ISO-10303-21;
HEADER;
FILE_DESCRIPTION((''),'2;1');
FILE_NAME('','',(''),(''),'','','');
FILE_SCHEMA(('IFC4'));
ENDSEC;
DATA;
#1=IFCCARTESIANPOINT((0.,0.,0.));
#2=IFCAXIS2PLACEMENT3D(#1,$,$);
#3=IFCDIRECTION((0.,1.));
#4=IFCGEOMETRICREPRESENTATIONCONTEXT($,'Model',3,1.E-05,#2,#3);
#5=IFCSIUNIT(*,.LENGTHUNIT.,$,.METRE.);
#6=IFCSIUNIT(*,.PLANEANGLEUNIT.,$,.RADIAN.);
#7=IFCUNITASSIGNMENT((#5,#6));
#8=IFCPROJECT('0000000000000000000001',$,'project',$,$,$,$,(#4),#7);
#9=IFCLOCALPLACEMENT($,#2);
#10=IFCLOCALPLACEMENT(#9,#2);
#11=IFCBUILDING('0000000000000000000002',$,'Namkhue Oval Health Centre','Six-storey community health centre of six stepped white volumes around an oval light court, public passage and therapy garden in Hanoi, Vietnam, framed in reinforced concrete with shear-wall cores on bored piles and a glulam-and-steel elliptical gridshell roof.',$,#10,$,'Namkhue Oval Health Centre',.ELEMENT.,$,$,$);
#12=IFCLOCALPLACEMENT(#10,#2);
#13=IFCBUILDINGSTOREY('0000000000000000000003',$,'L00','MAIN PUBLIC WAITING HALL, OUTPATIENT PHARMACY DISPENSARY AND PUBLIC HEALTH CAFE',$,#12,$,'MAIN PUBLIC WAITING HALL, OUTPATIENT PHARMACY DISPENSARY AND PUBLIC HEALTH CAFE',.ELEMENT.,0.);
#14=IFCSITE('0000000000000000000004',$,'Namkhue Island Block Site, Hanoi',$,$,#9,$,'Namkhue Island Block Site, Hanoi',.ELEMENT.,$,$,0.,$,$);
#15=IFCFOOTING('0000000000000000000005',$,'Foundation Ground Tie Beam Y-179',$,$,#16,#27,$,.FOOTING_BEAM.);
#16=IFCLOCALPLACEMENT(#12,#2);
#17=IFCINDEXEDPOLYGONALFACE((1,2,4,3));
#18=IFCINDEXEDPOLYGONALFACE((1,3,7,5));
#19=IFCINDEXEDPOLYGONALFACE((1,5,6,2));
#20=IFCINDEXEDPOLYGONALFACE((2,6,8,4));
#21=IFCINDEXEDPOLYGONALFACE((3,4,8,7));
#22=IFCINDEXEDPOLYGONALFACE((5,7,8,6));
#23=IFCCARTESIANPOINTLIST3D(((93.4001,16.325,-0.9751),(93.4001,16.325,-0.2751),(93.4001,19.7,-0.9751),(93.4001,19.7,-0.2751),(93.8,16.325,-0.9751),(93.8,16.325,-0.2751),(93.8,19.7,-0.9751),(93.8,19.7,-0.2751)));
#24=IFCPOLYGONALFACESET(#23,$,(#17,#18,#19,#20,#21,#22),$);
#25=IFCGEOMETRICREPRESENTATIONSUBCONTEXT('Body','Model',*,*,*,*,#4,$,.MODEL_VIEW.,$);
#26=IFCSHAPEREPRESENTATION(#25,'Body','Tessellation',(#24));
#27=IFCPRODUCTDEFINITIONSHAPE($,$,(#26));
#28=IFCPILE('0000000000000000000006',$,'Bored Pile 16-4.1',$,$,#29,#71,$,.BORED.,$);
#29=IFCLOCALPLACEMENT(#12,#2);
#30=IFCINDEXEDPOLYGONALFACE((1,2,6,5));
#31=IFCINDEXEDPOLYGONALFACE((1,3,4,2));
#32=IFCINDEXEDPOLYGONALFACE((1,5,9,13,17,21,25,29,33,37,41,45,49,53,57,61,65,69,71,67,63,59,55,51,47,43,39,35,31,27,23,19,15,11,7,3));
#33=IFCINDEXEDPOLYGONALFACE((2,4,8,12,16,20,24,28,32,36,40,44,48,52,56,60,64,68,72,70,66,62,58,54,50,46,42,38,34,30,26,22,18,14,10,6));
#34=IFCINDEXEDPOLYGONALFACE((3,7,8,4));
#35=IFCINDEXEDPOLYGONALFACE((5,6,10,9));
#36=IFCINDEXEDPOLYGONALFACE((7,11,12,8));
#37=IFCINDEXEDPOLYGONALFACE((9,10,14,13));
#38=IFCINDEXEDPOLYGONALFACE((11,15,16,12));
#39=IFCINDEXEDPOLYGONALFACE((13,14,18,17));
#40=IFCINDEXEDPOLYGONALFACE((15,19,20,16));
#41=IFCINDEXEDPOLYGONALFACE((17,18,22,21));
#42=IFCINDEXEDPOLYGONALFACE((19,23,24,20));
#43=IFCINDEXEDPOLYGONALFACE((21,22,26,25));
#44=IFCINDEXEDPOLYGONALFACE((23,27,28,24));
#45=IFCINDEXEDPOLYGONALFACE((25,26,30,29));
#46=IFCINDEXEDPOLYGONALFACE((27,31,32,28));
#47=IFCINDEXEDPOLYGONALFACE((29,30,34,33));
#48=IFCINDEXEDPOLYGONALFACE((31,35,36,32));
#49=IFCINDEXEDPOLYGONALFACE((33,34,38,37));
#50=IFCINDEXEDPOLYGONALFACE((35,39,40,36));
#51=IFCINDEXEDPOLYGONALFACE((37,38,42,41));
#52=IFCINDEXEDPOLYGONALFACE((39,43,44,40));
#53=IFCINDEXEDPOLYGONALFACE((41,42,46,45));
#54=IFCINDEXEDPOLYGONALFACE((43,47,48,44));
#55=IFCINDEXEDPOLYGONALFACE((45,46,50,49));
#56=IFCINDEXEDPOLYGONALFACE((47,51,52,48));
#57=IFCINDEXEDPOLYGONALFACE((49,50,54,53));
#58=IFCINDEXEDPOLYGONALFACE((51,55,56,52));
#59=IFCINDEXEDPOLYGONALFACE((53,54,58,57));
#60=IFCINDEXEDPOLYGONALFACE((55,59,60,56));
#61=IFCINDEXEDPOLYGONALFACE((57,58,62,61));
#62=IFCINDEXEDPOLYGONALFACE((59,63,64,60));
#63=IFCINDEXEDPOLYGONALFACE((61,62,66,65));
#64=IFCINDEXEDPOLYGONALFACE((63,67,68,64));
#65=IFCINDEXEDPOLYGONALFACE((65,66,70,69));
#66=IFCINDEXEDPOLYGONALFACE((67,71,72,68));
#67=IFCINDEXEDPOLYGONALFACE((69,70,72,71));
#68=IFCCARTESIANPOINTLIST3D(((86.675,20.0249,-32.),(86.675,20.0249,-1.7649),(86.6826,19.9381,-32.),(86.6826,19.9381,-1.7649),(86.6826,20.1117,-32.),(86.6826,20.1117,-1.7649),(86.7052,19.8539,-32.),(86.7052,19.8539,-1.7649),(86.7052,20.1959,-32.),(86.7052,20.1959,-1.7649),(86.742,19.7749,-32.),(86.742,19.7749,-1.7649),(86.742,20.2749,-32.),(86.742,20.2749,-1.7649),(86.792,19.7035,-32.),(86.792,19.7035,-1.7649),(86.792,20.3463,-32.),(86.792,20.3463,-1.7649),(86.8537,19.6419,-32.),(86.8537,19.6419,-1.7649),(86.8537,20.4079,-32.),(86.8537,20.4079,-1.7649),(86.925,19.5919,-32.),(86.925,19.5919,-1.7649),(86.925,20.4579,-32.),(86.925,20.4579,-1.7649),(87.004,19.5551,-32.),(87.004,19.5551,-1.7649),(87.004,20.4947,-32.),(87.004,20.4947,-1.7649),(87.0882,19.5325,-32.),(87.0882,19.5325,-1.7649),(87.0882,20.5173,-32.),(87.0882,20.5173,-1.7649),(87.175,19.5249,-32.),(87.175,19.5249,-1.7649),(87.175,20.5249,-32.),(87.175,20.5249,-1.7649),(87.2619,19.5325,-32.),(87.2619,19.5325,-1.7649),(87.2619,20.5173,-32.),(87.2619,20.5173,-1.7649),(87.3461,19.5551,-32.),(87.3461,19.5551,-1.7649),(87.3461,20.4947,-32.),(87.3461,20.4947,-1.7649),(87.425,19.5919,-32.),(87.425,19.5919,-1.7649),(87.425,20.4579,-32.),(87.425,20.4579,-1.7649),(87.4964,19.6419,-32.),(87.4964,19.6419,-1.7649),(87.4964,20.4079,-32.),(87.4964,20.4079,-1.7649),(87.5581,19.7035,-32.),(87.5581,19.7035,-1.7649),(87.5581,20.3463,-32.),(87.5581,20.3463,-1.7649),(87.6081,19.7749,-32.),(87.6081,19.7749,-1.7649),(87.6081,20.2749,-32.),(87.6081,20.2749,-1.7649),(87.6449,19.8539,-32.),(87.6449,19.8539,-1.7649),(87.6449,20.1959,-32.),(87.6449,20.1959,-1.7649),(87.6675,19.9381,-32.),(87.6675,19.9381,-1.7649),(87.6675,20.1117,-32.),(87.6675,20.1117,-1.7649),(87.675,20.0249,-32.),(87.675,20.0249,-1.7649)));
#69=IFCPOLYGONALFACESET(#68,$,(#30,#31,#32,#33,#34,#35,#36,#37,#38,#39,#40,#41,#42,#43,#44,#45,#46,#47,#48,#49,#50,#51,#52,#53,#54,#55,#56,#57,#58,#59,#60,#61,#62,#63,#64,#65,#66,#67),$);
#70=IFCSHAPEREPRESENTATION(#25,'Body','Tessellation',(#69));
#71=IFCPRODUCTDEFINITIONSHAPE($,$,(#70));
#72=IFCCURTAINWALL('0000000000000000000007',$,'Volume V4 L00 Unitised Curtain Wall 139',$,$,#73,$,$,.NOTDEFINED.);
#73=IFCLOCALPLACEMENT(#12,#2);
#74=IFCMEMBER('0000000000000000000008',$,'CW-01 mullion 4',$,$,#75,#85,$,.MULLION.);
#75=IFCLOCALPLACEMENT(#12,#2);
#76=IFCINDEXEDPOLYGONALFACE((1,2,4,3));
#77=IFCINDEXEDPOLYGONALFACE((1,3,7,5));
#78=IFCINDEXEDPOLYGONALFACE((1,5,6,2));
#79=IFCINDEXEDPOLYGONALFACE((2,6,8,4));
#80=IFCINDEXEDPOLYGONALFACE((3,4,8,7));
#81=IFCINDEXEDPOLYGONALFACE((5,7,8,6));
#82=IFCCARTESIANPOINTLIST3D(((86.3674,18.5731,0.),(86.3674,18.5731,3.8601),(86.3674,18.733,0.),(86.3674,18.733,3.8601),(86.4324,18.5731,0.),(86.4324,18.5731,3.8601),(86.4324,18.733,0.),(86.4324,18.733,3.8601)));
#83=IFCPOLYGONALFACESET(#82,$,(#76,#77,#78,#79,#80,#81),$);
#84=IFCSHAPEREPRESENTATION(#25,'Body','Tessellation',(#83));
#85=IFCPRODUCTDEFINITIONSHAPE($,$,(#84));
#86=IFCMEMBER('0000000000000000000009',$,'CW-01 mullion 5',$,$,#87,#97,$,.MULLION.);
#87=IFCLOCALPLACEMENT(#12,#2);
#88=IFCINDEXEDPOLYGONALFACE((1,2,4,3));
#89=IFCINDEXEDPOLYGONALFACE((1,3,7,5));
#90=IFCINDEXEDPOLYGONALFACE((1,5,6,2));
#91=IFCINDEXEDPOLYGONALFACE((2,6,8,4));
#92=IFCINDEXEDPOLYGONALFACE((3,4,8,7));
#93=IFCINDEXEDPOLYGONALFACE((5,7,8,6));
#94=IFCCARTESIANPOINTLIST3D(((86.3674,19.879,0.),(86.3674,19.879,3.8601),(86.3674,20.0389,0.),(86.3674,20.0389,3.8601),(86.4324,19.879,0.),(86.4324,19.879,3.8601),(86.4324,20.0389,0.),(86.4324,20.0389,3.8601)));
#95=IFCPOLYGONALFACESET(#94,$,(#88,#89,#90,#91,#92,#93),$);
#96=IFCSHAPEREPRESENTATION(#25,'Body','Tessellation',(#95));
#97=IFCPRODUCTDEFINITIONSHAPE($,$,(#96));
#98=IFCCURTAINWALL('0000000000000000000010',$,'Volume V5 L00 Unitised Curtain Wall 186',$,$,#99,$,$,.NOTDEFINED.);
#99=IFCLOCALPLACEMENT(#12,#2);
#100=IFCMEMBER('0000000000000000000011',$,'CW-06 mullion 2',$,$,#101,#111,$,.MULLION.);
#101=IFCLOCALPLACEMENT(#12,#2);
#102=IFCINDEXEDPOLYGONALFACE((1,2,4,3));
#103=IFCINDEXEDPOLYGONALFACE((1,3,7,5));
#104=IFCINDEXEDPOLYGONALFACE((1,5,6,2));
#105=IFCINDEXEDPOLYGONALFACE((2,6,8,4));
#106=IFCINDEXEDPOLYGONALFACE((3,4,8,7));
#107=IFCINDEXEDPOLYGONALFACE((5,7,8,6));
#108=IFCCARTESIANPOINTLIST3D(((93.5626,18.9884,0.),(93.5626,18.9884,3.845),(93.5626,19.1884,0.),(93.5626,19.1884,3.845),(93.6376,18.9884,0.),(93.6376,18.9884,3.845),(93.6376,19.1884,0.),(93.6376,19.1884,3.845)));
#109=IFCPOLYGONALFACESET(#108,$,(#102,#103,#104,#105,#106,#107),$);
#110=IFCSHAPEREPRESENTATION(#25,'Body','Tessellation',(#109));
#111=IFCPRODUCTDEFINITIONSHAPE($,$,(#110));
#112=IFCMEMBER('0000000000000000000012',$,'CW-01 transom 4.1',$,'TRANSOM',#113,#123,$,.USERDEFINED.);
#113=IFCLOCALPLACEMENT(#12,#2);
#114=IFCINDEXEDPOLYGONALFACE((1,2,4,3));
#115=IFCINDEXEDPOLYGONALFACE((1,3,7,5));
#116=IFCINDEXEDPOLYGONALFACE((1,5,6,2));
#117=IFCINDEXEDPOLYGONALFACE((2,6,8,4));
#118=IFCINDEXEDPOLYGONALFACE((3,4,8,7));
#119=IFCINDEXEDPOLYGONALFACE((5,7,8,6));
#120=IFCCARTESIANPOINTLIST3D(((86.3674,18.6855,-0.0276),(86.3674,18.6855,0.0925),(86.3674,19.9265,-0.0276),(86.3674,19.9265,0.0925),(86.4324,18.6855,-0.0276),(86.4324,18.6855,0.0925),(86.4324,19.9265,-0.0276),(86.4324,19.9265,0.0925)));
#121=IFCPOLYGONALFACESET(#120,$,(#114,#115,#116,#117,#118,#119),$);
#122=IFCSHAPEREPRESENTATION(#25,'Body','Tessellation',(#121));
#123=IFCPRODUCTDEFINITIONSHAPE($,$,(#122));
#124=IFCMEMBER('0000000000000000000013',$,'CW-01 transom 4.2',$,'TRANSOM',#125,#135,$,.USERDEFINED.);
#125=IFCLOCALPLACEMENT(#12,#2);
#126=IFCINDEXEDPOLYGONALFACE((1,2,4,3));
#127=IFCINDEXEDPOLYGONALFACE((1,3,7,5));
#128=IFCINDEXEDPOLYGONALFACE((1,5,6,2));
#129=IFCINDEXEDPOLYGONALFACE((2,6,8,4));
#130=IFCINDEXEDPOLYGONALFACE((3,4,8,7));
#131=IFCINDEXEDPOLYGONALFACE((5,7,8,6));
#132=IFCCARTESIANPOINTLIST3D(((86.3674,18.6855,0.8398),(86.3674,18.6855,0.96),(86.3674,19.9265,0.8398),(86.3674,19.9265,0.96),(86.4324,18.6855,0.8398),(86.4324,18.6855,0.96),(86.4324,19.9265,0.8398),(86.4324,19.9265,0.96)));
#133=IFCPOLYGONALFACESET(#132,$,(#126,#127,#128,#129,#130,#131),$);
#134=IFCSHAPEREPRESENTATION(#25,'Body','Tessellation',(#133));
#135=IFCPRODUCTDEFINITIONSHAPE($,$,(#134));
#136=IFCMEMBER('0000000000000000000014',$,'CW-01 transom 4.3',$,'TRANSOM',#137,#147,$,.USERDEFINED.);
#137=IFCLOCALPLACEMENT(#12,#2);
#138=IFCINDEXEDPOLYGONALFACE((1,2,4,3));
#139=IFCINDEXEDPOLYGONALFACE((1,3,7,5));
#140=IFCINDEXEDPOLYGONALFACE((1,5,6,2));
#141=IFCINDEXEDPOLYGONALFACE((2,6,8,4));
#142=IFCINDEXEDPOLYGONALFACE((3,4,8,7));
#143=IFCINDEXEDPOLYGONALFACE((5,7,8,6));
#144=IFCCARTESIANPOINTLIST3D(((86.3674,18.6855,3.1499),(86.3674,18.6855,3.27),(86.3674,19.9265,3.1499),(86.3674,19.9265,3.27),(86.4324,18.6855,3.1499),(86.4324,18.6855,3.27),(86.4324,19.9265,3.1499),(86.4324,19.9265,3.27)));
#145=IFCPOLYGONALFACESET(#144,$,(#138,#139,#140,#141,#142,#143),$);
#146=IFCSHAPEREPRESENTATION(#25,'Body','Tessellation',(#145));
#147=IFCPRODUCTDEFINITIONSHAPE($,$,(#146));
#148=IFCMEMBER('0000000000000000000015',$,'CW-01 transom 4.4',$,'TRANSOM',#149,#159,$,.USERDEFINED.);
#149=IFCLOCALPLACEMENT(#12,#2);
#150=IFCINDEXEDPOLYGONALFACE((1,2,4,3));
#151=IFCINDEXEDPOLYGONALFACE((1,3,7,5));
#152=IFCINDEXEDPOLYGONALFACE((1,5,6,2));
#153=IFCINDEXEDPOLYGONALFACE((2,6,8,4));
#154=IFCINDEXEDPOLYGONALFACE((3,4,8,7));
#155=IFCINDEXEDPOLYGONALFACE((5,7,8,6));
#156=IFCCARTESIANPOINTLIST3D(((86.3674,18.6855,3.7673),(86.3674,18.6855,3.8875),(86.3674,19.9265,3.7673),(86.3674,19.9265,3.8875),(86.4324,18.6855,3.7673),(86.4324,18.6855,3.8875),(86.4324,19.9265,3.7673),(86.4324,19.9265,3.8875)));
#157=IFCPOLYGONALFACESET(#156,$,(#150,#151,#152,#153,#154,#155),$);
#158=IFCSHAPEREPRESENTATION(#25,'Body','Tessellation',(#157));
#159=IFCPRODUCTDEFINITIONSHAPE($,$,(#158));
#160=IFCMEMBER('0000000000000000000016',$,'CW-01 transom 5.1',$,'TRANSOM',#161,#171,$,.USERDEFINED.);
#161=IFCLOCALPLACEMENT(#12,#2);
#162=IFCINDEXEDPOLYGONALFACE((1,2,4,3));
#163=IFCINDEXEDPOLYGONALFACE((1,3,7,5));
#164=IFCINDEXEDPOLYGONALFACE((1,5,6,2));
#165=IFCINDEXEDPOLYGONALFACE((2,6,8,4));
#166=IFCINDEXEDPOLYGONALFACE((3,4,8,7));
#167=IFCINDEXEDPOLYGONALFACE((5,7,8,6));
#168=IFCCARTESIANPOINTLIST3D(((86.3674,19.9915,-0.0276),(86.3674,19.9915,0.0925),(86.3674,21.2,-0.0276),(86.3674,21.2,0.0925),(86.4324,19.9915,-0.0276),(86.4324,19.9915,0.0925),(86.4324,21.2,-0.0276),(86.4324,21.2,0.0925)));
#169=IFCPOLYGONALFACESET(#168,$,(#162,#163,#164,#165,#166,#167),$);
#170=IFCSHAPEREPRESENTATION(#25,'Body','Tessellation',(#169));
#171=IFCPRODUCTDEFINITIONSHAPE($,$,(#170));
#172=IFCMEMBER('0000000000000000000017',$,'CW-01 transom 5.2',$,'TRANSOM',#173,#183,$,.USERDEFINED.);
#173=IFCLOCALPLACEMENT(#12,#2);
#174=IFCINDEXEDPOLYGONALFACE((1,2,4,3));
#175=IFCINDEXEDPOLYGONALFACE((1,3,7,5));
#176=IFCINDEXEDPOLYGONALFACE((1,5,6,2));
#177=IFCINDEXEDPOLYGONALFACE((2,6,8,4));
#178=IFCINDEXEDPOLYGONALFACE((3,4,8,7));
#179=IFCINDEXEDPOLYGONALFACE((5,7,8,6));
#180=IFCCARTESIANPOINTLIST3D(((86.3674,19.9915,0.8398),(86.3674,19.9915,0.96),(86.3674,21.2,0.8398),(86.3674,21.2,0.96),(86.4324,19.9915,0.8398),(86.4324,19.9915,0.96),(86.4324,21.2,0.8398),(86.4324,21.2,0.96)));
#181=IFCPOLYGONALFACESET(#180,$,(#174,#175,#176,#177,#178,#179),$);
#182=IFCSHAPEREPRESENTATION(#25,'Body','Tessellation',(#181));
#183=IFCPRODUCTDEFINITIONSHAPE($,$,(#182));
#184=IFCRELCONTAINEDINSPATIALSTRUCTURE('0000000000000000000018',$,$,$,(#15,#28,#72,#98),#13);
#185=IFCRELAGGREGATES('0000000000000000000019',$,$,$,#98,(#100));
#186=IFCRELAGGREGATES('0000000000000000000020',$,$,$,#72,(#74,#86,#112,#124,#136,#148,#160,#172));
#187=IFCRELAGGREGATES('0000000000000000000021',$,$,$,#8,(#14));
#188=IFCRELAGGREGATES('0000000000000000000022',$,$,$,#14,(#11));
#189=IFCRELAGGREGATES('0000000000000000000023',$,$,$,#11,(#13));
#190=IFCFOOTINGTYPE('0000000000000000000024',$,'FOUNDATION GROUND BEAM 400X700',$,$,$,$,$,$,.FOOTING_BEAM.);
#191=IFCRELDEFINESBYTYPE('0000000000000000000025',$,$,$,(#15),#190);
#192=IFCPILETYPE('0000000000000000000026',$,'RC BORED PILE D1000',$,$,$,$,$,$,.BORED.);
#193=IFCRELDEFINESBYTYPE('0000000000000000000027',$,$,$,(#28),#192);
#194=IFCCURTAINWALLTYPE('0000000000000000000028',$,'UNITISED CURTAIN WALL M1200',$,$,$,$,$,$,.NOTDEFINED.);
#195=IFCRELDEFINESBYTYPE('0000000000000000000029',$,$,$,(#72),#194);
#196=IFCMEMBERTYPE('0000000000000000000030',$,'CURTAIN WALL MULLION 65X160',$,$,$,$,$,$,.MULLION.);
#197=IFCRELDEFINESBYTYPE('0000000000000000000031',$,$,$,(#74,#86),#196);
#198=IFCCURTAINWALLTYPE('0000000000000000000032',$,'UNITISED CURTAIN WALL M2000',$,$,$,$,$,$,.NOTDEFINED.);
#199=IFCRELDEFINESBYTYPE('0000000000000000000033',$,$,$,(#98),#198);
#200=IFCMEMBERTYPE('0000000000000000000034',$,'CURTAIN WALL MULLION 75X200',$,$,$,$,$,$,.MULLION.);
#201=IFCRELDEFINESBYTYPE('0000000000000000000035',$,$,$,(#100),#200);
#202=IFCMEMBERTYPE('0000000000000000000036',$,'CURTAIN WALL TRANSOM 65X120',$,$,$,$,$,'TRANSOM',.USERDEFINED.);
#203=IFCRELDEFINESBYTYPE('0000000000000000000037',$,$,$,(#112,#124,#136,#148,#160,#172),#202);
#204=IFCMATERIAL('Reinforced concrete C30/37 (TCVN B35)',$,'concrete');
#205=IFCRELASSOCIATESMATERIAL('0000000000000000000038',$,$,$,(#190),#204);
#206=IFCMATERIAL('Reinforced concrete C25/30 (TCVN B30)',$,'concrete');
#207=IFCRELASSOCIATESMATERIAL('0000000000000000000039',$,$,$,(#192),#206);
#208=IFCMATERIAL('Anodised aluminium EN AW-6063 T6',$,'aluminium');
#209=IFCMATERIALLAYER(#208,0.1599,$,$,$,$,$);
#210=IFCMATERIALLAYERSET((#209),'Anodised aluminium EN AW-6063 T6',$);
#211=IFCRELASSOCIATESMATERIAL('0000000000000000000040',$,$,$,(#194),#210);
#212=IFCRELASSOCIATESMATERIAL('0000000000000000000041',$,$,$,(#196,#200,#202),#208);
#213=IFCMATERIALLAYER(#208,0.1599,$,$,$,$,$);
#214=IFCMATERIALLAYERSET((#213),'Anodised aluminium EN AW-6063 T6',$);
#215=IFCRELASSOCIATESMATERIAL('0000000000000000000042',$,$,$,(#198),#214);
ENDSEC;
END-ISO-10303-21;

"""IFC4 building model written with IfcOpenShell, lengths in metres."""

from ifc_helpers import new_model, si_unit, direction, frame, origin, origin_2d, place, context, subcontext, project, spatial, rectangle, circle, extrude, material, layer, layer_set, material_profile, profile_set, type_object, element, aggregate, save


model = new_model("IFC4")

# Units and contexts
model_context = context("Model", 3, precision=1e-05, world=origin(), true_north=direction((0.0, 1.0)))
body_context = subcontext(model_context, "Body", "Model", "MODEL_VIEW")
ifc_project = project(units=[si_unit("LENGTHUNIT", "METRE"), si_unit("PLANEANGLEUNIT", "RADIAN")], contexts=[model_context])

# Site, building, storey
site_placement = place(None, origin())
site = spatial("IfcSite", under=ifc_project, at=site_placement, Name="Namkhue Island Block Site, Hanoi", LongName="Namkhue Island Block Site, Hanoi", CompositionType="ELEMENT", RefElevation=0.0)
building_placement = place(site_placement, origin())
building = spatial("IfcBuilding", under=site, at=building_placement, Name="Namkhue Oval Health Centre", Description="Six-storey community health centre of six stepped white volumes around an oval light court, public passage and therapy garden in Hanoi, Vietnam, framed in reinforced concrete with shear-wall cores on bored piles and a glulam-and-steel elliptical gridshell roof.", LongName="Namkhue Oval Health Centre", CompositionType="ELEMENT")
storey_placement = place(building_placement, origin())
storey = spatial("IfcBuildingStorey", under=building, at=storey_placement, Name="L00", Description="MAIN PUBLIC WAITING HALL, OUTPATIENT PHARMACY DISPENSARY AND PUBLIC HEALTH CAFE", LongName="MAIN PUBLIC WAITING HALL, OUTPATIENT PHARMACY DISPENSARY AND PUBLIC HEALTH CAFE", CompositionType="ELEMENT", Elevation=0.0)

# Footing
ifc_material_1 = material(Name="Reinforced concrete C30/37 (TCVN B35)", Category="concrete")
footing_type = type_object("IfcFootingType", Name="FOUNDATION GROUND BEAM 400X700", PredefinedType="FOOTING_BEAM", material=ifc_material_1)
footing_placement = place(storey_placement, frame((93.6001, 18.0125, -0.9751), z_axis=(0.0, 0.0, 1.0), x_axis=(0.0, 1.0, 0.0)))
element("IfcFooting", 1, at=footing_placement, inside=storey, type_object=footing_type, Name="Foundation Ground Tie Beam Y-179", PredefinedType="FOOTING_BEAM", context=body_context, shape_type="SweptSolid", body=[
    extrude(rectangle(XDim=3.375, YDim=0.3999, at=origin_2d()), origin(), (0.0, 0.0, 1.0), 0.7),
])

# Pile
ifc_material_2 = material(Name="Reinforced concrete C25/30 (TCVN B30)", Category="concrete")
ifc_material_profile_1 = material_profile(ifc_material_2, circle(Radius=0.5, at=origin_2d()), Name="BORED PILE D1000")
ifc_profile_set_1 = profile_set([ifc_material_profile_1], Name="Reinforced concrete C25/30 (TCVN B30)")
pile_type = type_object("IfcPileType", Name="RC BORED PILE D1000", PredefinedType="BORED", material=ifc_profile_set_1)
pile_placement = place(storey_placement, frame((87.175, 20.0249, -1.7649), z_axis=(0.0, 0.0, -1.0), x_axis=(1.0, 0.0, 0.0)))
element("IfcPile", 2, at=pile_placement, inside=storey, type_object=pile_type, Name="Bored Pile 16-4.1", PredefinedType="BORED", context=body_context, shape_type="SweptSolid", body=[
    extrude(circle(Radius=0.5, at=origin_2d()), origin(), (0.0, 0.0, 1.0), 30.2351),
])

# Curtain wall, members
ifc_material_3 = material(Name="Anodised aluminium EN AW-6063 T6", Category="aluminium")
ifc_layer_1 = layer(ifc_material_3, 0.1599)
ifc_layer_set_1 = layer_set([ifc_layer_1], Name="Anodised aluminium EN AW-6063 T6")
curtain_wall_type_1 = type_object("IfcCurtainWallType", Name="UNITISED CURTAIN WALL M1200", PredefinedType="NOTDEFINED", material=ifc_layer_set_1)
curtain_wall_1_placement = place(storey_placement, origin())
curtain_wall_1 = element("IfcCurtainWall", 3, at=curtain_wall_1_placement, inside=storey, type_object=curtain_wall_type_1, Name="Volume V4 L00 Unitised Curtain Wall 139", PredefinedType="NOTDEFINED")
ifc_material_profile_2 = material_profile(ifc_material_3, rectangle(XDim=0.0649, YDim=0.1599, at=origin_2d()), Name="ALU 65x160")
ifc_profile_set_2 = profile_set([ifc_material_profile_2], Name="Anodised aluminium EN AW-6063 T6")
member_type_1 = type_object("IfcMemberType", Name="CURTAIN WALL MULLION 65X160", PredefinedType="MULLION", material=ifc_profile_set_2)
member_1_placement = place(storey_placement, frame((86.3999, 18.6531, 0.0), z_axis=(0.0, 0.0, 1.0), x_axis=(-1.0, 0.0, 0.0)))
member_1 = element("IfcMember", 4, at=member_1_placement, type_object=member_type_1, Name="CW-01 mullion 4", PredefinedType="MULLION", context=body_context, shape_type="SweptSolid", body=[
    extrude(rectangle(XDim=0.0649, YDim=0.1599, at=origin_2d()), origin(), (0.0, 0.0, 1.0), 3.8601),
])
member_2_placement = place(storey_placement, frame((86.3999, 19.959, 0.0), z_axis=(0.0, 0.0, 1.0), x_axis=(-1.0, 0.0, 0.0)))
member_2 = element("IfcMember", 5, at=member_2_placement, type_object=member_type_1, Name="CW-01 mullion 5", PredefinedType="MULLION", context=body_context, shape_type="SweptSolid", body=[
    extrude(rectangle(XDim=0.0649, YDim=0.1599, at=origin_2d()), origin(), (0.0, 0.0, 1.0), 3.8601),
])

# Curtain wall, member
ifc_layer_2 = layer(ifc_material_3, 0.1599)
ifc_layer_set_2 = layer_set([ifc_layer_2], Name="Anodised aluminium EN AW-6063 T6")
curtain_wall_type_2 = type_object("IfcCurtainWallType", Name="UNITISED CURTAIN WALL M2000", PredefinedType="NOTDEFINED", material=ifc_layer_set_2)
curtain_wall_2_placement = place(storey_placement, origin())
curtain_wall_2 = element("IfcCurtainWall", 6, at=curtain_wall_2_placement, inside=storey, type_object=curtain_wall_type_2, Name="Volume V5 L00 Unitised Curtain Wall 186", PredefinedType="NOTDEFINED")
ifc_material_profile_3 = material_profile(ifc_material_3, rectangle(XDim=0.075, YDim=0.2, at=origin_2d()), Name="ALU 75x200")
ifc_profile_set_3 = profile_set([ifc_material_profile_3], Name="Anodised aluminium EN AW-6063 T6")
member_type_2 = type_object("IfcMemberType", Name="CURTAIN WALL MULLION 75X200", PredefinedType="MULLION", material=ifc_profile_set_3)
member_3_placement = place(storey_placement, frame((93.6001, 19.0884, 0.0), z_axis=(0.0, 0.0, 1.0), x_axis=(1.0, 0.0, 0.0)))
member_3 = element("IfcMember", 7, at=member_3_placement, type_object=member_type_2, Name="CW-06 mullion 2", PredefinedType="MULLION", context=body_context, shape_type="SweptSolid", body=[
    extrude(rectangle(XDim=0.075, YDim=0.2, at=origin_2d()), origin(), (0.0, 0.0, 1.0), 3.845),
])

# Members
ifc_material_profile_4 = material_profile(ifc_material_3, rectangle(XDim=0.0649, YDim=0.1201, at=origin_2d()), Name="ALU 65x120")
ifc_profile_set_4 = profile_set([ifc_material_profile_4], Name="Anodised aluminium EN AW-6063 T6")
member_type_3 = type_object("IfcMemberType", Name="CURTAIN WALL TRANSOM 65X120", ElementType="TRANSOM", PredefinedType="USERDEFINED", material=ifc_profile_set_4)
member_4_placement = place(storey_placement, frame((86.3999, 18.6855, 0.0325), z_axis=(0.0, 1.0, 0.0), x_axis=(-1.0, 0.0, 0.0)))
member_4 = element("IfcMember", 8, at=member_4_placement, type_object=member_type_3, Name="CW-01 transom 4.1", ObjectType="TRANSOM", PredefinedType="USERDEFINED", context=body_context, shape_type="SweptSolid", body=[
    extrude(rectangle(XDim=0.0649, YDim=0.1201, at=origin_2d()), origin(), (0.0, 0.0, 1.0), 1.241),
])
member_5_placement = place(storey_placement, frame((86.3999, 18.6855, 0.8999), z_axis=(0.0, 1.0, 0.0), x_axis=(-1.0, 0.0, 0.0)))
member_5 = element("IfcMember", 9, at=member_5_placement, type_object=member_type_3, Name="CW-01 transom 4.2", ObjectType="TRANSOM", PredefinedType="USERDEFINED", context=body_context, shape_type="SweptSolid", body=[
    extrude(rectangle(XDim=0.0649, YDim=0.1201, at=origin_2d()), origin(), (0.0, 0.0, 1.0), 1.241),
])
member_6_placement = place(storey_placement, frame((86.3999, 18.6855, 3.21), z_axis=(0.0, 1.0, 0.0), x_axis=(-1.0, 0.0, 0.0)))
member_6 = element("IfcMember", 10, at=member_6_placement, type_object=member_type_3, Name="CW-01 transom 4.3", ObjectType="TRANSOM", PredefinedType="USERDEFINED", context=body_context, shape_type="SweptSolid", body=[
    extrude(rectangle(XDim=0.0649, YDim=0.1201, at=origin_2d()), origin(), (0.0, 0.0, 1.0), 1.241),
])
member_7_placement = place(storey_placement, frame((86.3999, 18.6855, 3.8274), z_axis=(0.0, 1.0, 0.0), x_axis=(-1.0, 0.0, 0.0)))
member_7 = element("IfcMember", 11, at=member_7_placement, type_object=member_type_3, Name="CW-01 transom 4.4", ObjectType="TRANSOM", PredefinedType="USERDEFINED", context=body_context, shape_type="SweptSolid", body=[
    extrude(rectangle(XDim=0.0649, YDim=0.1201, at=origin_2d()), origin(), (0.0, 0.0, 1.0), 1.241),
])
member_8_placement = place(storey_placement, frame((86.3999, 19.9915, 0.0325), z_axis=(0.0, 1.0, 0.0), x_axis=(-1.0, 0.0, 0.0)))
member_8 = element("IfcMember", 12, at=member_8_placement, type_object=member_type_3, Name="CW-01 transom 5.1", ObjectType="TRANSOM", PredefinedType="USERDEFINED", context=body_context, shape_type="SweptSolid", body=[
    extrude(rectangle(XDim=0.0649, YDim=0.1201, at=origin_2d()), origin(), (0.0, 0.0, 1.0), 1.2085),
])
member_9_placement = place(storey_placement, frame((86.3999, 19.9915, 0.8999), z_axis=(0.0, 1.0, 0.0), x_axis=(-1.0, 0.0, 0.0)))
member_9 = element("IfcMember", 13, at=member_9_placement, type_object=member_type_3, Name="CW-01 transom 5.2", ObjectType="TRANSOM", PredefinedType="USERDEFINED", context=body_context, shape_type="SweptSolid", body=[
    extrude(rectangle(XDim=0.0649, YDim=0.1201, at=origin_2d()), origin(), (0.0, 0.0, 1.0), 1.2085),
])

aggregate(curtain_wall_2, [member_3])
aggregate(curtain_wall_1, [member_1, member_2, member_4, member_5, member_6, member_7, member_8, member_9])

save(model, "model.ifc")
